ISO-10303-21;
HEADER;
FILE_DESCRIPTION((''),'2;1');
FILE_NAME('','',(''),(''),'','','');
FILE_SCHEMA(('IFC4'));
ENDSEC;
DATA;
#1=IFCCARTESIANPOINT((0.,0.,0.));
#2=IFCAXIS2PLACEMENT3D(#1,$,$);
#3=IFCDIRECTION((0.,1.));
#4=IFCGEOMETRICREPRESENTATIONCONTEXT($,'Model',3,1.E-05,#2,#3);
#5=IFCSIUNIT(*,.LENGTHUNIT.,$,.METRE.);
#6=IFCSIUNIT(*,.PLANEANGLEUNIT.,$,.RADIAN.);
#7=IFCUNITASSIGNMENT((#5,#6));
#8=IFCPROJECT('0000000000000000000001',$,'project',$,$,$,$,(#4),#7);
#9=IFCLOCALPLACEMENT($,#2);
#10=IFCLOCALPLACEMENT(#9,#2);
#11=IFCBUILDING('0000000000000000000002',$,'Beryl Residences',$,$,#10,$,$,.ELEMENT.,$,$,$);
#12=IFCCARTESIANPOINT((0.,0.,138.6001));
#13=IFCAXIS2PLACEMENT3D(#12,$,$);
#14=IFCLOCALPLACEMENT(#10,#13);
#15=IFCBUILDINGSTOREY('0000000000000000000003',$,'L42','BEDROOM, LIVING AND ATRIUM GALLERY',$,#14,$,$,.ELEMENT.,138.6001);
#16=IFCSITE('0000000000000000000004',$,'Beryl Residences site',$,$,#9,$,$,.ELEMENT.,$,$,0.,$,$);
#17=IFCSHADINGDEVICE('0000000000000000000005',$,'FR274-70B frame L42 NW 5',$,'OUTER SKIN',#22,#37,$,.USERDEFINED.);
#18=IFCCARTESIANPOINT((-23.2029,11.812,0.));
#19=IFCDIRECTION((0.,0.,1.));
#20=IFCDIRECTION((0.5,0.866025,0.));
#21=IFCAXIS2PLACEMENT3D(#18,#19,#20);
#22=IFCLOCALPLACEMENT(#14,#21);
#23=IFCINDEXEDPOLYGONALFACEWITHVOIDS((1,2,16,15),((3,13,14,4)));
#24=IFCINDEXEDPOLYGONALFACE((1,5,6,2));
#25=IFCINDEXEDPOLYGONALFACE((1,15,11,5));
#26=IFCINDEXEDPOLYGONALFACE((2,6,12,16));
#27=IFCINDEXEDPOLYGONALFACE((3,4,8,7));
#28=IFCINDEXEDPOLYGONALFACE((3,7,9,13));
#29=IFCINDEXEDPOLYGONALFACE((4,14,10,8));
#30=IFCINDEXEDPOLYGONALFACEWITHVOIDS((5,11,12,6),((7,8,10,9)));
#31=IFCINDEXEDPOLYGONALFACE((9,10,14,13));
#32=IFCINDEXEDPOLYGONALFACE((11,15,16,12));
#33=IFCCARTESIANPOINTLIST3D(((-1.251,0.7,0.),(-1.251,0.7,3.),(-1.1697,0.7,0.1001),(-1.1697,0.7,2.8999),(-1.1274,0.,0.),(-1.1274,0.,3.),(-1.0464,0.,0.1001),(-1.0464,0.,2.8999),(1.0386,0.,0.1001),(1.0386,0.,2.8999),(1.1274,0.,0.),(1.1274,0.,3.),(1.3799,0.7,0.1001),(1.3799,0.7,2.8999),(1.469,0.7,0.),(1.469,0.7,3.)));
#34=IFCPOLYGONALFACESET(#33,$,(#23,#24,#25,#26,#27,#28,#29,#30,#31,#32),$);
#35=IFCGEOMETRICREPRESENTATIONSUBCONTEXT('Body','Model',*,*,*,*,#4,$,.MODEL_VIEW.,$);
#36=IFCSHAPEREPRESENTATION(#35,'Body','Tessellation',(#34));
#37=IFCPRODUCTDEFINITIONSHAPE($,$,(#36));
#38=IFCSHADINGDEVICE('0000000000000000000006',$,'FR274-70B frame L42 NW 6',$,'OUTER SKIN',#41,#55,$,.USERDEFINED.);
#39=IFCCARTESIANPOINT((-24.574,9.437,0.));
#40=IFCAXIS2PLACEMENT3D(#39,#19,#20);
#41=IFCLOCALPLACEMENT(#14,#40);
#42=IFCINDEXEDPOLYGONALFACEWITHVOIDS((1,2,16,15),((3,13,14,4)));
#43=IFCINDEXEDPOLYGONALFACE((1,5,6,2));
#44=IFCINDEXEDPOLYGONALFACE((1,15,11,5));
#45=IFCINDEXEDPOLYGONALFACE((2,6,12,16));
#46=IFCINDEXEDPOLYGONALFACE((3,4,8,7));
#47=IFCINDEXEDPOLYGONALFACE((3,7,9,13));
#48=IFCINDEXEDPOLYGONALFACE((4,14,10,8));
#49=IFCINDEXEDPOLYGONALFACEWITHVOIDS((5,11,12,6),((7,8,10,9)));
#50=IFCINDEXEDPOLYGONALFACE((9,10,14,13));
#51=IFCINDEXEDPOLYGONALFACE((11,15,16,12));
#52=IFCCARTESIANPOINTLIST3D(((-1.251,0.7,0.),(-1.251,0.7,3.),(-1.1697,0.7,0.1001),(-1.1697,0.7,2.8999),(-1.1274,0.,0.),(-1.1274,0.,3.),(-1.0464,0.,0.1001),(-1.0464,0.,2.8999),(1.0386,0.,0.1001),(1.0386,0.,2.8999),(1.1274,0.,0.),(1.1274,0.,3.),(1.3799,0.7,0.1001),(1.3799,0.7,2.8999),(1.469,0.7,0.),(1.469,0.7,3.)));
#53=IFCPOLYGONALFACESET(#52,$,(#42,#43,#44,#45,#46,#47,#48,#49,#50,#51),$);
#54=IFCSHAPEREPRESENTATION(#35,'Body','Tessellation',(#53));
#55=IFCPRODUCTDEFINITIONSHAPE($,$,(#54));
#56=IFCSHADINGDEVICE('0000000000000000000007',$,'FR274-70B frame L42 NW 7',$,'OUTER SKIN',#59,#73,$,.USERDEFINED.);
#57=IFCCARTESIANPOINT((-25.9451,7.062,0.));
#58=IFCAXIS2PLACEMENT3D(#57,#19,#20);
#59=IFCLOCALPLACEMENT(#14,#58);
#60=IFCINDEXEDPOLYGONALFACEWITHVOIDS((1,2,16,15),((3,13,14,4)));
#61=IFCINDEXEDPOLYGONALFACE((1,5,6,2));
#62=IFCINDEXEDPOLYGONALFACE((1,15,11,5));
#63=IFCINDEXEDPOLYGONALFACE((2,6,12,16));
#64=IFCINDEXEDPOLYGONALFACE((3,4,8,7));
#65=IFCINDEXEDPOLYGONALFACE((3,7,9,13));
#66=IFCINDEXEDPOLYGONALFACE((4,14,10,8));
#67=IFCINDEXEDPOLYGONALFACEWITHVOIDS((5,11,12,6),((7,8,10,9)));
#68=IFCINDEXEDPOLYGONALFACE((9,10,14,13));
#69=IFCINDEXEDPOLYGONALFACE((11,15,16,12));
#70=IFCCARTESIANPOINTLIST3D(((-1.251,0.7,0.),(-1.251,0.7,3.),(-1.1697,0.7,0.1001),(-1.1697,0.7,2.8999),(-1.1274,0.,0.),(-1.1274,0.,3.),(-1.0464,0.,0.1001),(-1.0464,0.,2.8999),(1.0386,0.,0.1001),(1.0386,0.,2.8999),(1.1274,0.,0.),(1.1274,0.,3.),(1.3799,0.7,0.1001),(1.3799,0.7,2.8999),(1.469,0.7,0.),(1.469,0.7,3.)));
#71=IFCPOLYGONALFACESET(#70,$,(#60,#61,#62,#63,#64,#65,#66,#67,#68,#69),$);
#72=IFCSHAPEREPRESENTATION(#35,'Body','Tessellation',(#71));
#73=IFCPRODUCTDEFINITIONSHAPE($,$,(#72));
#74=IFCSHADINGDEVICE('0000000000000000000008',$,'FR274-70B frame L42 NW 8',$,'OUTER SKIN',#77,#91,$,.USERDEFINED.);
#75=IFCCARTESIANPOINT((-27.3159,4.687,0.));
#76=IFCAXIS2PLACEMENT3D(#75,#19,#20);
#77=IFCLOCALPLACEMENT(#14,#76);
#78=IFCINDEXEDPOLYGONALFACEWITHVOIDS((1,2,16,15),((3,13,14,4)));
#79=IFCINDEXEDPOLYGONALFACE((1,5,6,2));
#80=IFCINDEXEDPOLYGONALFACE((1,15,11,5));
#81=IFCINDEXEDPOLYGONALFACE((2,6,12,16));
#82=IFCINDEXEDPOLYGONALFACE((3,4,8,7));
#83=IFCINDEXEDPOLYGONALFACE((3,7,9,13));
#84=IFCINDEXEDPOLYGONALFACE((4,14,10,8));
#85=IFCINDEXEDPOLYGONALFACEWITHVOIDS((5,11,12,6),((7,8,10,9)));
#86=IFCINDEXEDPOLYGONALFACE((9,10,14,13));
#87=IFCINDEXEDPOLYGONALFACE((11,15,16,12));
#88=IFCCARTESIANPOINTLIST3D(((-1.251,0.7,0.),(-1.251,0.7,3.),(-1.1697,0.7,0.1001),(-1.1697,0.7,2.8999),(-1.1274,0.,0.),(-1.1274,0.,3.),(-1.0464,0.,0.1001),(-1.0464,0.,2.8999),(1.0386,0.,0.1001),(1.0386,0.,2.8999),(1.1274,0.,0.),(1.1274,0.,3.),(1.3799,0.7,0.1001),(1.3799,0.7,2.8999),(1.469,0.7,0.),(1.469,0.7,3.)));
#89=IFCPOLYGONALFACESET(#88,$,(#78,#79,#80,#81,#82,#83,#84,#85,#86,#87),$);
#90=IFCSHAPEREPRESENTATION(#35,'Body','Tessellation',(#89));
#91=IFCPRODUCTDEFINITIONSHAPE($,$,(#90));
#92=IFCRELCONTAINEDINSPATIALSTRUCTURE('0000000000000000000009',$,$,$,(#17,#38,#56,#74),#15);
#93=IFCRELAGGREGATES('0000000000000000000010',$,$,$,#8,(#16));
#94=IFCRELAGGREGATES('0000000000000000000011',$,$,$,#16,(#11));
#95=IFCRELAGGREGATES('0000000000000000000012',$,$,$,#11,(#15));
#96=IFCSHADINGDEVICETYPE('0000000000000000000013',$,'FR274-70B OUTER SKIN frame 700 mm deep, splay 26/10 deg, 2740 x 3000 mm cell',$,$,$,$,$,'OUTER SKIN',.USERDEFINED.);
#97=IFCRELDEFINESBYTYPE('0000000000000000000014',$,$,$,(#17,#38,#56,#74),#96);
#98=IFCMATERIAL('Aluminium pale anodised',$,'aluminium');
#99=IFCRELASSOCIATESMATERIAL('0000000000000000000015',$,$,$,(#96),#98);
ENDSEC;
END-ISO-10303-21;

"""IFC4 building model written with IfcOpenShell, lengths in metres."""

from ifc_helpers import new_model, entity, si_unit, direction, frame, origin, place, context, subcontext, project, spatial, source, transform, mapped, material, type_object, type_shapes, element, save


model = new_model("IFC4")

# Units and contexts
model_context = context("Model", 3, precision=1e-05, world=origin(), true_north=direction((0.0, 1.0)))
body_context = subcontext(model_context, "Body", "Model", "MODEL_VIEW")
ifc_project = project(units=[si_unit("LENGTHUNIT", "METRE"), si_unit("PLANEANGLEUNIT", "RADIAN")], contexts=[model_context])

# Site, building, storey
site_placement = place(None, origin())
site = spatial("IfcSite", under=ifc_project, at=site_placement, Name="Beryl Residences site", CompositionType="ELEMENT", RefElevation=0.0)
building_placement = place(site_placement, origin())
building = spatial("IfcBuilding", under=site, at=building_placement, Name="Beryl Residences", CompositionType="ELEMENT")
storey_placement = place(building_placement, frame((0.0, 0.0, 138.6001)))
storey = spatial("IfcBuildingStorey", under=building, at=storey_placement, Name="L42", Description="BEDROOM, LIVING AND ATRIUM GALLERY", CompositionType="ELEMENT", Elevation=138.6001)

# Shading devices
ifc_material_1 = material(Name="Aluminium pale anodised", Category="aluminium")
shading_device_type = type_object("IfcShadingDeviceType", Name="FR274-70B OUTER SKIN frame 700 mm deep, splay 26/10 deg, 2740 x 3000 mm cell", ElementType="OUTER SKIN", PredefinedType="USERDEFINED", material=ifc_material_1)
cartesian_point_1 = entity("IfcCartesianPoint", [-1.1274, 0.0])
cartesian_point_2 = entity("IfcCartesianPoint", [-1.0386, 0.1001])
cartesian_point_3 = entity("IfcCartesianPoint", [-1.469, 0.0])
cartesian_point_4 = entity("IfcCartesianPoint", [-1.3799, 0.1001])
shared_shape_1 = source(origin(), body_context, "Body", "SweptSolid", [
    entity("IfcExtrudedAreaSolidTapered", entity("IfcArbitraryProfileDefWithVoids", "AREA", None, entity("IfcPolyline", [cartesian_point_1, entity("IfcCartesianPoint", [1.1274, 0.0]), entity("IfcCartesianPoint", [1.1274, 3.0]), entity("IfcCartesianPoint", [-1.1274, 3.0]), cartesian_point_1]), [entity("IfcPolyline", [cartesian_point_2, entity("IfcCartesianPoint", [1.0464, 0.1001]), entity("IfcCartesianPoint", [1.0464, 2.8999]), entity("IfcCartesianPoint", [-1.0386, 2.8999]), cartesian_point_2])]), entity("IfcAxis2Placement3D", entity("IfcCartesianPoint", [0.0, 0.0, 0.0]), entity("IfcDirection", [0.0, 1.0, 0.0]), entity("IfcDirection", [-1.0, 0.0, 0.0])), entity("IfcDirection", [0.0, 0.0, 1.0]), 0.7, entity("IfcArbitraryProfileDefWithVoids", "AREA", None, entity("IfcPolyline", [cartesian_point_3, entity("IfcCartesianPoint", [1.251, 0.0]), entity("IfcCartesianPoint", [1.251, 3.0]), entity("IfcCartesianPoint", [-1.469, 3.0]), cartesian_point_3]), [entity("IfcPolyline", [cartesian_point_4, entity("IfcCartesianPoint", [1.1697, 0.1001]), entity("IfcCartesianPoint", [1.1697, 2.8999]), entity("IfcCartesianPoint", [-1.3799, 2.8999]), cartesian_point_4])])),
])
type_shapes(shading_device_type, [shared_shape_1])
for number, where, z_axis, x_axis, name in (
    (1, (-23.2029, 11.812, 0.0), (0.0, 0.0, 1.0), (0.5, 0.866025, 0.0), "FR274-70B frame L42 NW 5"),
    (2, (-24.574, 9.437, 0.0), (0.0, 0.0, 1.0), (0.5, 0.866025, 0.0), "FR274-70B frame L42 NW 6"),
    (3, (-25.9451, 7.062, 0.0), (0.0, 0.0, 1.0), (0.5, 0.866025, 0.0), "FR274-70B frame L42 NW 7"),
    (4, (-27.3159, 4.687, 0.0), (0.0, 0.0, 1.0), (0.5, 0.866025, 0.0), "FR274-70B frame L42 NW 8"),
):
    element("IfcShadingDevice", number, at=place(storey_placement, frame(where, z_axis=z_axis, x_axis=x_axis)), inside=storey, type_object=shading_device_type, Name=name, ObjectType="OUTER SKIN", PredefinedType="USERDEFINED", context=body_context, shape_type="MappedRepresentation", body=[
        mapped(shared_shape_1, transform((0.0, 0.0, 0.0))),
    ])

save(model, "model.ifc")
